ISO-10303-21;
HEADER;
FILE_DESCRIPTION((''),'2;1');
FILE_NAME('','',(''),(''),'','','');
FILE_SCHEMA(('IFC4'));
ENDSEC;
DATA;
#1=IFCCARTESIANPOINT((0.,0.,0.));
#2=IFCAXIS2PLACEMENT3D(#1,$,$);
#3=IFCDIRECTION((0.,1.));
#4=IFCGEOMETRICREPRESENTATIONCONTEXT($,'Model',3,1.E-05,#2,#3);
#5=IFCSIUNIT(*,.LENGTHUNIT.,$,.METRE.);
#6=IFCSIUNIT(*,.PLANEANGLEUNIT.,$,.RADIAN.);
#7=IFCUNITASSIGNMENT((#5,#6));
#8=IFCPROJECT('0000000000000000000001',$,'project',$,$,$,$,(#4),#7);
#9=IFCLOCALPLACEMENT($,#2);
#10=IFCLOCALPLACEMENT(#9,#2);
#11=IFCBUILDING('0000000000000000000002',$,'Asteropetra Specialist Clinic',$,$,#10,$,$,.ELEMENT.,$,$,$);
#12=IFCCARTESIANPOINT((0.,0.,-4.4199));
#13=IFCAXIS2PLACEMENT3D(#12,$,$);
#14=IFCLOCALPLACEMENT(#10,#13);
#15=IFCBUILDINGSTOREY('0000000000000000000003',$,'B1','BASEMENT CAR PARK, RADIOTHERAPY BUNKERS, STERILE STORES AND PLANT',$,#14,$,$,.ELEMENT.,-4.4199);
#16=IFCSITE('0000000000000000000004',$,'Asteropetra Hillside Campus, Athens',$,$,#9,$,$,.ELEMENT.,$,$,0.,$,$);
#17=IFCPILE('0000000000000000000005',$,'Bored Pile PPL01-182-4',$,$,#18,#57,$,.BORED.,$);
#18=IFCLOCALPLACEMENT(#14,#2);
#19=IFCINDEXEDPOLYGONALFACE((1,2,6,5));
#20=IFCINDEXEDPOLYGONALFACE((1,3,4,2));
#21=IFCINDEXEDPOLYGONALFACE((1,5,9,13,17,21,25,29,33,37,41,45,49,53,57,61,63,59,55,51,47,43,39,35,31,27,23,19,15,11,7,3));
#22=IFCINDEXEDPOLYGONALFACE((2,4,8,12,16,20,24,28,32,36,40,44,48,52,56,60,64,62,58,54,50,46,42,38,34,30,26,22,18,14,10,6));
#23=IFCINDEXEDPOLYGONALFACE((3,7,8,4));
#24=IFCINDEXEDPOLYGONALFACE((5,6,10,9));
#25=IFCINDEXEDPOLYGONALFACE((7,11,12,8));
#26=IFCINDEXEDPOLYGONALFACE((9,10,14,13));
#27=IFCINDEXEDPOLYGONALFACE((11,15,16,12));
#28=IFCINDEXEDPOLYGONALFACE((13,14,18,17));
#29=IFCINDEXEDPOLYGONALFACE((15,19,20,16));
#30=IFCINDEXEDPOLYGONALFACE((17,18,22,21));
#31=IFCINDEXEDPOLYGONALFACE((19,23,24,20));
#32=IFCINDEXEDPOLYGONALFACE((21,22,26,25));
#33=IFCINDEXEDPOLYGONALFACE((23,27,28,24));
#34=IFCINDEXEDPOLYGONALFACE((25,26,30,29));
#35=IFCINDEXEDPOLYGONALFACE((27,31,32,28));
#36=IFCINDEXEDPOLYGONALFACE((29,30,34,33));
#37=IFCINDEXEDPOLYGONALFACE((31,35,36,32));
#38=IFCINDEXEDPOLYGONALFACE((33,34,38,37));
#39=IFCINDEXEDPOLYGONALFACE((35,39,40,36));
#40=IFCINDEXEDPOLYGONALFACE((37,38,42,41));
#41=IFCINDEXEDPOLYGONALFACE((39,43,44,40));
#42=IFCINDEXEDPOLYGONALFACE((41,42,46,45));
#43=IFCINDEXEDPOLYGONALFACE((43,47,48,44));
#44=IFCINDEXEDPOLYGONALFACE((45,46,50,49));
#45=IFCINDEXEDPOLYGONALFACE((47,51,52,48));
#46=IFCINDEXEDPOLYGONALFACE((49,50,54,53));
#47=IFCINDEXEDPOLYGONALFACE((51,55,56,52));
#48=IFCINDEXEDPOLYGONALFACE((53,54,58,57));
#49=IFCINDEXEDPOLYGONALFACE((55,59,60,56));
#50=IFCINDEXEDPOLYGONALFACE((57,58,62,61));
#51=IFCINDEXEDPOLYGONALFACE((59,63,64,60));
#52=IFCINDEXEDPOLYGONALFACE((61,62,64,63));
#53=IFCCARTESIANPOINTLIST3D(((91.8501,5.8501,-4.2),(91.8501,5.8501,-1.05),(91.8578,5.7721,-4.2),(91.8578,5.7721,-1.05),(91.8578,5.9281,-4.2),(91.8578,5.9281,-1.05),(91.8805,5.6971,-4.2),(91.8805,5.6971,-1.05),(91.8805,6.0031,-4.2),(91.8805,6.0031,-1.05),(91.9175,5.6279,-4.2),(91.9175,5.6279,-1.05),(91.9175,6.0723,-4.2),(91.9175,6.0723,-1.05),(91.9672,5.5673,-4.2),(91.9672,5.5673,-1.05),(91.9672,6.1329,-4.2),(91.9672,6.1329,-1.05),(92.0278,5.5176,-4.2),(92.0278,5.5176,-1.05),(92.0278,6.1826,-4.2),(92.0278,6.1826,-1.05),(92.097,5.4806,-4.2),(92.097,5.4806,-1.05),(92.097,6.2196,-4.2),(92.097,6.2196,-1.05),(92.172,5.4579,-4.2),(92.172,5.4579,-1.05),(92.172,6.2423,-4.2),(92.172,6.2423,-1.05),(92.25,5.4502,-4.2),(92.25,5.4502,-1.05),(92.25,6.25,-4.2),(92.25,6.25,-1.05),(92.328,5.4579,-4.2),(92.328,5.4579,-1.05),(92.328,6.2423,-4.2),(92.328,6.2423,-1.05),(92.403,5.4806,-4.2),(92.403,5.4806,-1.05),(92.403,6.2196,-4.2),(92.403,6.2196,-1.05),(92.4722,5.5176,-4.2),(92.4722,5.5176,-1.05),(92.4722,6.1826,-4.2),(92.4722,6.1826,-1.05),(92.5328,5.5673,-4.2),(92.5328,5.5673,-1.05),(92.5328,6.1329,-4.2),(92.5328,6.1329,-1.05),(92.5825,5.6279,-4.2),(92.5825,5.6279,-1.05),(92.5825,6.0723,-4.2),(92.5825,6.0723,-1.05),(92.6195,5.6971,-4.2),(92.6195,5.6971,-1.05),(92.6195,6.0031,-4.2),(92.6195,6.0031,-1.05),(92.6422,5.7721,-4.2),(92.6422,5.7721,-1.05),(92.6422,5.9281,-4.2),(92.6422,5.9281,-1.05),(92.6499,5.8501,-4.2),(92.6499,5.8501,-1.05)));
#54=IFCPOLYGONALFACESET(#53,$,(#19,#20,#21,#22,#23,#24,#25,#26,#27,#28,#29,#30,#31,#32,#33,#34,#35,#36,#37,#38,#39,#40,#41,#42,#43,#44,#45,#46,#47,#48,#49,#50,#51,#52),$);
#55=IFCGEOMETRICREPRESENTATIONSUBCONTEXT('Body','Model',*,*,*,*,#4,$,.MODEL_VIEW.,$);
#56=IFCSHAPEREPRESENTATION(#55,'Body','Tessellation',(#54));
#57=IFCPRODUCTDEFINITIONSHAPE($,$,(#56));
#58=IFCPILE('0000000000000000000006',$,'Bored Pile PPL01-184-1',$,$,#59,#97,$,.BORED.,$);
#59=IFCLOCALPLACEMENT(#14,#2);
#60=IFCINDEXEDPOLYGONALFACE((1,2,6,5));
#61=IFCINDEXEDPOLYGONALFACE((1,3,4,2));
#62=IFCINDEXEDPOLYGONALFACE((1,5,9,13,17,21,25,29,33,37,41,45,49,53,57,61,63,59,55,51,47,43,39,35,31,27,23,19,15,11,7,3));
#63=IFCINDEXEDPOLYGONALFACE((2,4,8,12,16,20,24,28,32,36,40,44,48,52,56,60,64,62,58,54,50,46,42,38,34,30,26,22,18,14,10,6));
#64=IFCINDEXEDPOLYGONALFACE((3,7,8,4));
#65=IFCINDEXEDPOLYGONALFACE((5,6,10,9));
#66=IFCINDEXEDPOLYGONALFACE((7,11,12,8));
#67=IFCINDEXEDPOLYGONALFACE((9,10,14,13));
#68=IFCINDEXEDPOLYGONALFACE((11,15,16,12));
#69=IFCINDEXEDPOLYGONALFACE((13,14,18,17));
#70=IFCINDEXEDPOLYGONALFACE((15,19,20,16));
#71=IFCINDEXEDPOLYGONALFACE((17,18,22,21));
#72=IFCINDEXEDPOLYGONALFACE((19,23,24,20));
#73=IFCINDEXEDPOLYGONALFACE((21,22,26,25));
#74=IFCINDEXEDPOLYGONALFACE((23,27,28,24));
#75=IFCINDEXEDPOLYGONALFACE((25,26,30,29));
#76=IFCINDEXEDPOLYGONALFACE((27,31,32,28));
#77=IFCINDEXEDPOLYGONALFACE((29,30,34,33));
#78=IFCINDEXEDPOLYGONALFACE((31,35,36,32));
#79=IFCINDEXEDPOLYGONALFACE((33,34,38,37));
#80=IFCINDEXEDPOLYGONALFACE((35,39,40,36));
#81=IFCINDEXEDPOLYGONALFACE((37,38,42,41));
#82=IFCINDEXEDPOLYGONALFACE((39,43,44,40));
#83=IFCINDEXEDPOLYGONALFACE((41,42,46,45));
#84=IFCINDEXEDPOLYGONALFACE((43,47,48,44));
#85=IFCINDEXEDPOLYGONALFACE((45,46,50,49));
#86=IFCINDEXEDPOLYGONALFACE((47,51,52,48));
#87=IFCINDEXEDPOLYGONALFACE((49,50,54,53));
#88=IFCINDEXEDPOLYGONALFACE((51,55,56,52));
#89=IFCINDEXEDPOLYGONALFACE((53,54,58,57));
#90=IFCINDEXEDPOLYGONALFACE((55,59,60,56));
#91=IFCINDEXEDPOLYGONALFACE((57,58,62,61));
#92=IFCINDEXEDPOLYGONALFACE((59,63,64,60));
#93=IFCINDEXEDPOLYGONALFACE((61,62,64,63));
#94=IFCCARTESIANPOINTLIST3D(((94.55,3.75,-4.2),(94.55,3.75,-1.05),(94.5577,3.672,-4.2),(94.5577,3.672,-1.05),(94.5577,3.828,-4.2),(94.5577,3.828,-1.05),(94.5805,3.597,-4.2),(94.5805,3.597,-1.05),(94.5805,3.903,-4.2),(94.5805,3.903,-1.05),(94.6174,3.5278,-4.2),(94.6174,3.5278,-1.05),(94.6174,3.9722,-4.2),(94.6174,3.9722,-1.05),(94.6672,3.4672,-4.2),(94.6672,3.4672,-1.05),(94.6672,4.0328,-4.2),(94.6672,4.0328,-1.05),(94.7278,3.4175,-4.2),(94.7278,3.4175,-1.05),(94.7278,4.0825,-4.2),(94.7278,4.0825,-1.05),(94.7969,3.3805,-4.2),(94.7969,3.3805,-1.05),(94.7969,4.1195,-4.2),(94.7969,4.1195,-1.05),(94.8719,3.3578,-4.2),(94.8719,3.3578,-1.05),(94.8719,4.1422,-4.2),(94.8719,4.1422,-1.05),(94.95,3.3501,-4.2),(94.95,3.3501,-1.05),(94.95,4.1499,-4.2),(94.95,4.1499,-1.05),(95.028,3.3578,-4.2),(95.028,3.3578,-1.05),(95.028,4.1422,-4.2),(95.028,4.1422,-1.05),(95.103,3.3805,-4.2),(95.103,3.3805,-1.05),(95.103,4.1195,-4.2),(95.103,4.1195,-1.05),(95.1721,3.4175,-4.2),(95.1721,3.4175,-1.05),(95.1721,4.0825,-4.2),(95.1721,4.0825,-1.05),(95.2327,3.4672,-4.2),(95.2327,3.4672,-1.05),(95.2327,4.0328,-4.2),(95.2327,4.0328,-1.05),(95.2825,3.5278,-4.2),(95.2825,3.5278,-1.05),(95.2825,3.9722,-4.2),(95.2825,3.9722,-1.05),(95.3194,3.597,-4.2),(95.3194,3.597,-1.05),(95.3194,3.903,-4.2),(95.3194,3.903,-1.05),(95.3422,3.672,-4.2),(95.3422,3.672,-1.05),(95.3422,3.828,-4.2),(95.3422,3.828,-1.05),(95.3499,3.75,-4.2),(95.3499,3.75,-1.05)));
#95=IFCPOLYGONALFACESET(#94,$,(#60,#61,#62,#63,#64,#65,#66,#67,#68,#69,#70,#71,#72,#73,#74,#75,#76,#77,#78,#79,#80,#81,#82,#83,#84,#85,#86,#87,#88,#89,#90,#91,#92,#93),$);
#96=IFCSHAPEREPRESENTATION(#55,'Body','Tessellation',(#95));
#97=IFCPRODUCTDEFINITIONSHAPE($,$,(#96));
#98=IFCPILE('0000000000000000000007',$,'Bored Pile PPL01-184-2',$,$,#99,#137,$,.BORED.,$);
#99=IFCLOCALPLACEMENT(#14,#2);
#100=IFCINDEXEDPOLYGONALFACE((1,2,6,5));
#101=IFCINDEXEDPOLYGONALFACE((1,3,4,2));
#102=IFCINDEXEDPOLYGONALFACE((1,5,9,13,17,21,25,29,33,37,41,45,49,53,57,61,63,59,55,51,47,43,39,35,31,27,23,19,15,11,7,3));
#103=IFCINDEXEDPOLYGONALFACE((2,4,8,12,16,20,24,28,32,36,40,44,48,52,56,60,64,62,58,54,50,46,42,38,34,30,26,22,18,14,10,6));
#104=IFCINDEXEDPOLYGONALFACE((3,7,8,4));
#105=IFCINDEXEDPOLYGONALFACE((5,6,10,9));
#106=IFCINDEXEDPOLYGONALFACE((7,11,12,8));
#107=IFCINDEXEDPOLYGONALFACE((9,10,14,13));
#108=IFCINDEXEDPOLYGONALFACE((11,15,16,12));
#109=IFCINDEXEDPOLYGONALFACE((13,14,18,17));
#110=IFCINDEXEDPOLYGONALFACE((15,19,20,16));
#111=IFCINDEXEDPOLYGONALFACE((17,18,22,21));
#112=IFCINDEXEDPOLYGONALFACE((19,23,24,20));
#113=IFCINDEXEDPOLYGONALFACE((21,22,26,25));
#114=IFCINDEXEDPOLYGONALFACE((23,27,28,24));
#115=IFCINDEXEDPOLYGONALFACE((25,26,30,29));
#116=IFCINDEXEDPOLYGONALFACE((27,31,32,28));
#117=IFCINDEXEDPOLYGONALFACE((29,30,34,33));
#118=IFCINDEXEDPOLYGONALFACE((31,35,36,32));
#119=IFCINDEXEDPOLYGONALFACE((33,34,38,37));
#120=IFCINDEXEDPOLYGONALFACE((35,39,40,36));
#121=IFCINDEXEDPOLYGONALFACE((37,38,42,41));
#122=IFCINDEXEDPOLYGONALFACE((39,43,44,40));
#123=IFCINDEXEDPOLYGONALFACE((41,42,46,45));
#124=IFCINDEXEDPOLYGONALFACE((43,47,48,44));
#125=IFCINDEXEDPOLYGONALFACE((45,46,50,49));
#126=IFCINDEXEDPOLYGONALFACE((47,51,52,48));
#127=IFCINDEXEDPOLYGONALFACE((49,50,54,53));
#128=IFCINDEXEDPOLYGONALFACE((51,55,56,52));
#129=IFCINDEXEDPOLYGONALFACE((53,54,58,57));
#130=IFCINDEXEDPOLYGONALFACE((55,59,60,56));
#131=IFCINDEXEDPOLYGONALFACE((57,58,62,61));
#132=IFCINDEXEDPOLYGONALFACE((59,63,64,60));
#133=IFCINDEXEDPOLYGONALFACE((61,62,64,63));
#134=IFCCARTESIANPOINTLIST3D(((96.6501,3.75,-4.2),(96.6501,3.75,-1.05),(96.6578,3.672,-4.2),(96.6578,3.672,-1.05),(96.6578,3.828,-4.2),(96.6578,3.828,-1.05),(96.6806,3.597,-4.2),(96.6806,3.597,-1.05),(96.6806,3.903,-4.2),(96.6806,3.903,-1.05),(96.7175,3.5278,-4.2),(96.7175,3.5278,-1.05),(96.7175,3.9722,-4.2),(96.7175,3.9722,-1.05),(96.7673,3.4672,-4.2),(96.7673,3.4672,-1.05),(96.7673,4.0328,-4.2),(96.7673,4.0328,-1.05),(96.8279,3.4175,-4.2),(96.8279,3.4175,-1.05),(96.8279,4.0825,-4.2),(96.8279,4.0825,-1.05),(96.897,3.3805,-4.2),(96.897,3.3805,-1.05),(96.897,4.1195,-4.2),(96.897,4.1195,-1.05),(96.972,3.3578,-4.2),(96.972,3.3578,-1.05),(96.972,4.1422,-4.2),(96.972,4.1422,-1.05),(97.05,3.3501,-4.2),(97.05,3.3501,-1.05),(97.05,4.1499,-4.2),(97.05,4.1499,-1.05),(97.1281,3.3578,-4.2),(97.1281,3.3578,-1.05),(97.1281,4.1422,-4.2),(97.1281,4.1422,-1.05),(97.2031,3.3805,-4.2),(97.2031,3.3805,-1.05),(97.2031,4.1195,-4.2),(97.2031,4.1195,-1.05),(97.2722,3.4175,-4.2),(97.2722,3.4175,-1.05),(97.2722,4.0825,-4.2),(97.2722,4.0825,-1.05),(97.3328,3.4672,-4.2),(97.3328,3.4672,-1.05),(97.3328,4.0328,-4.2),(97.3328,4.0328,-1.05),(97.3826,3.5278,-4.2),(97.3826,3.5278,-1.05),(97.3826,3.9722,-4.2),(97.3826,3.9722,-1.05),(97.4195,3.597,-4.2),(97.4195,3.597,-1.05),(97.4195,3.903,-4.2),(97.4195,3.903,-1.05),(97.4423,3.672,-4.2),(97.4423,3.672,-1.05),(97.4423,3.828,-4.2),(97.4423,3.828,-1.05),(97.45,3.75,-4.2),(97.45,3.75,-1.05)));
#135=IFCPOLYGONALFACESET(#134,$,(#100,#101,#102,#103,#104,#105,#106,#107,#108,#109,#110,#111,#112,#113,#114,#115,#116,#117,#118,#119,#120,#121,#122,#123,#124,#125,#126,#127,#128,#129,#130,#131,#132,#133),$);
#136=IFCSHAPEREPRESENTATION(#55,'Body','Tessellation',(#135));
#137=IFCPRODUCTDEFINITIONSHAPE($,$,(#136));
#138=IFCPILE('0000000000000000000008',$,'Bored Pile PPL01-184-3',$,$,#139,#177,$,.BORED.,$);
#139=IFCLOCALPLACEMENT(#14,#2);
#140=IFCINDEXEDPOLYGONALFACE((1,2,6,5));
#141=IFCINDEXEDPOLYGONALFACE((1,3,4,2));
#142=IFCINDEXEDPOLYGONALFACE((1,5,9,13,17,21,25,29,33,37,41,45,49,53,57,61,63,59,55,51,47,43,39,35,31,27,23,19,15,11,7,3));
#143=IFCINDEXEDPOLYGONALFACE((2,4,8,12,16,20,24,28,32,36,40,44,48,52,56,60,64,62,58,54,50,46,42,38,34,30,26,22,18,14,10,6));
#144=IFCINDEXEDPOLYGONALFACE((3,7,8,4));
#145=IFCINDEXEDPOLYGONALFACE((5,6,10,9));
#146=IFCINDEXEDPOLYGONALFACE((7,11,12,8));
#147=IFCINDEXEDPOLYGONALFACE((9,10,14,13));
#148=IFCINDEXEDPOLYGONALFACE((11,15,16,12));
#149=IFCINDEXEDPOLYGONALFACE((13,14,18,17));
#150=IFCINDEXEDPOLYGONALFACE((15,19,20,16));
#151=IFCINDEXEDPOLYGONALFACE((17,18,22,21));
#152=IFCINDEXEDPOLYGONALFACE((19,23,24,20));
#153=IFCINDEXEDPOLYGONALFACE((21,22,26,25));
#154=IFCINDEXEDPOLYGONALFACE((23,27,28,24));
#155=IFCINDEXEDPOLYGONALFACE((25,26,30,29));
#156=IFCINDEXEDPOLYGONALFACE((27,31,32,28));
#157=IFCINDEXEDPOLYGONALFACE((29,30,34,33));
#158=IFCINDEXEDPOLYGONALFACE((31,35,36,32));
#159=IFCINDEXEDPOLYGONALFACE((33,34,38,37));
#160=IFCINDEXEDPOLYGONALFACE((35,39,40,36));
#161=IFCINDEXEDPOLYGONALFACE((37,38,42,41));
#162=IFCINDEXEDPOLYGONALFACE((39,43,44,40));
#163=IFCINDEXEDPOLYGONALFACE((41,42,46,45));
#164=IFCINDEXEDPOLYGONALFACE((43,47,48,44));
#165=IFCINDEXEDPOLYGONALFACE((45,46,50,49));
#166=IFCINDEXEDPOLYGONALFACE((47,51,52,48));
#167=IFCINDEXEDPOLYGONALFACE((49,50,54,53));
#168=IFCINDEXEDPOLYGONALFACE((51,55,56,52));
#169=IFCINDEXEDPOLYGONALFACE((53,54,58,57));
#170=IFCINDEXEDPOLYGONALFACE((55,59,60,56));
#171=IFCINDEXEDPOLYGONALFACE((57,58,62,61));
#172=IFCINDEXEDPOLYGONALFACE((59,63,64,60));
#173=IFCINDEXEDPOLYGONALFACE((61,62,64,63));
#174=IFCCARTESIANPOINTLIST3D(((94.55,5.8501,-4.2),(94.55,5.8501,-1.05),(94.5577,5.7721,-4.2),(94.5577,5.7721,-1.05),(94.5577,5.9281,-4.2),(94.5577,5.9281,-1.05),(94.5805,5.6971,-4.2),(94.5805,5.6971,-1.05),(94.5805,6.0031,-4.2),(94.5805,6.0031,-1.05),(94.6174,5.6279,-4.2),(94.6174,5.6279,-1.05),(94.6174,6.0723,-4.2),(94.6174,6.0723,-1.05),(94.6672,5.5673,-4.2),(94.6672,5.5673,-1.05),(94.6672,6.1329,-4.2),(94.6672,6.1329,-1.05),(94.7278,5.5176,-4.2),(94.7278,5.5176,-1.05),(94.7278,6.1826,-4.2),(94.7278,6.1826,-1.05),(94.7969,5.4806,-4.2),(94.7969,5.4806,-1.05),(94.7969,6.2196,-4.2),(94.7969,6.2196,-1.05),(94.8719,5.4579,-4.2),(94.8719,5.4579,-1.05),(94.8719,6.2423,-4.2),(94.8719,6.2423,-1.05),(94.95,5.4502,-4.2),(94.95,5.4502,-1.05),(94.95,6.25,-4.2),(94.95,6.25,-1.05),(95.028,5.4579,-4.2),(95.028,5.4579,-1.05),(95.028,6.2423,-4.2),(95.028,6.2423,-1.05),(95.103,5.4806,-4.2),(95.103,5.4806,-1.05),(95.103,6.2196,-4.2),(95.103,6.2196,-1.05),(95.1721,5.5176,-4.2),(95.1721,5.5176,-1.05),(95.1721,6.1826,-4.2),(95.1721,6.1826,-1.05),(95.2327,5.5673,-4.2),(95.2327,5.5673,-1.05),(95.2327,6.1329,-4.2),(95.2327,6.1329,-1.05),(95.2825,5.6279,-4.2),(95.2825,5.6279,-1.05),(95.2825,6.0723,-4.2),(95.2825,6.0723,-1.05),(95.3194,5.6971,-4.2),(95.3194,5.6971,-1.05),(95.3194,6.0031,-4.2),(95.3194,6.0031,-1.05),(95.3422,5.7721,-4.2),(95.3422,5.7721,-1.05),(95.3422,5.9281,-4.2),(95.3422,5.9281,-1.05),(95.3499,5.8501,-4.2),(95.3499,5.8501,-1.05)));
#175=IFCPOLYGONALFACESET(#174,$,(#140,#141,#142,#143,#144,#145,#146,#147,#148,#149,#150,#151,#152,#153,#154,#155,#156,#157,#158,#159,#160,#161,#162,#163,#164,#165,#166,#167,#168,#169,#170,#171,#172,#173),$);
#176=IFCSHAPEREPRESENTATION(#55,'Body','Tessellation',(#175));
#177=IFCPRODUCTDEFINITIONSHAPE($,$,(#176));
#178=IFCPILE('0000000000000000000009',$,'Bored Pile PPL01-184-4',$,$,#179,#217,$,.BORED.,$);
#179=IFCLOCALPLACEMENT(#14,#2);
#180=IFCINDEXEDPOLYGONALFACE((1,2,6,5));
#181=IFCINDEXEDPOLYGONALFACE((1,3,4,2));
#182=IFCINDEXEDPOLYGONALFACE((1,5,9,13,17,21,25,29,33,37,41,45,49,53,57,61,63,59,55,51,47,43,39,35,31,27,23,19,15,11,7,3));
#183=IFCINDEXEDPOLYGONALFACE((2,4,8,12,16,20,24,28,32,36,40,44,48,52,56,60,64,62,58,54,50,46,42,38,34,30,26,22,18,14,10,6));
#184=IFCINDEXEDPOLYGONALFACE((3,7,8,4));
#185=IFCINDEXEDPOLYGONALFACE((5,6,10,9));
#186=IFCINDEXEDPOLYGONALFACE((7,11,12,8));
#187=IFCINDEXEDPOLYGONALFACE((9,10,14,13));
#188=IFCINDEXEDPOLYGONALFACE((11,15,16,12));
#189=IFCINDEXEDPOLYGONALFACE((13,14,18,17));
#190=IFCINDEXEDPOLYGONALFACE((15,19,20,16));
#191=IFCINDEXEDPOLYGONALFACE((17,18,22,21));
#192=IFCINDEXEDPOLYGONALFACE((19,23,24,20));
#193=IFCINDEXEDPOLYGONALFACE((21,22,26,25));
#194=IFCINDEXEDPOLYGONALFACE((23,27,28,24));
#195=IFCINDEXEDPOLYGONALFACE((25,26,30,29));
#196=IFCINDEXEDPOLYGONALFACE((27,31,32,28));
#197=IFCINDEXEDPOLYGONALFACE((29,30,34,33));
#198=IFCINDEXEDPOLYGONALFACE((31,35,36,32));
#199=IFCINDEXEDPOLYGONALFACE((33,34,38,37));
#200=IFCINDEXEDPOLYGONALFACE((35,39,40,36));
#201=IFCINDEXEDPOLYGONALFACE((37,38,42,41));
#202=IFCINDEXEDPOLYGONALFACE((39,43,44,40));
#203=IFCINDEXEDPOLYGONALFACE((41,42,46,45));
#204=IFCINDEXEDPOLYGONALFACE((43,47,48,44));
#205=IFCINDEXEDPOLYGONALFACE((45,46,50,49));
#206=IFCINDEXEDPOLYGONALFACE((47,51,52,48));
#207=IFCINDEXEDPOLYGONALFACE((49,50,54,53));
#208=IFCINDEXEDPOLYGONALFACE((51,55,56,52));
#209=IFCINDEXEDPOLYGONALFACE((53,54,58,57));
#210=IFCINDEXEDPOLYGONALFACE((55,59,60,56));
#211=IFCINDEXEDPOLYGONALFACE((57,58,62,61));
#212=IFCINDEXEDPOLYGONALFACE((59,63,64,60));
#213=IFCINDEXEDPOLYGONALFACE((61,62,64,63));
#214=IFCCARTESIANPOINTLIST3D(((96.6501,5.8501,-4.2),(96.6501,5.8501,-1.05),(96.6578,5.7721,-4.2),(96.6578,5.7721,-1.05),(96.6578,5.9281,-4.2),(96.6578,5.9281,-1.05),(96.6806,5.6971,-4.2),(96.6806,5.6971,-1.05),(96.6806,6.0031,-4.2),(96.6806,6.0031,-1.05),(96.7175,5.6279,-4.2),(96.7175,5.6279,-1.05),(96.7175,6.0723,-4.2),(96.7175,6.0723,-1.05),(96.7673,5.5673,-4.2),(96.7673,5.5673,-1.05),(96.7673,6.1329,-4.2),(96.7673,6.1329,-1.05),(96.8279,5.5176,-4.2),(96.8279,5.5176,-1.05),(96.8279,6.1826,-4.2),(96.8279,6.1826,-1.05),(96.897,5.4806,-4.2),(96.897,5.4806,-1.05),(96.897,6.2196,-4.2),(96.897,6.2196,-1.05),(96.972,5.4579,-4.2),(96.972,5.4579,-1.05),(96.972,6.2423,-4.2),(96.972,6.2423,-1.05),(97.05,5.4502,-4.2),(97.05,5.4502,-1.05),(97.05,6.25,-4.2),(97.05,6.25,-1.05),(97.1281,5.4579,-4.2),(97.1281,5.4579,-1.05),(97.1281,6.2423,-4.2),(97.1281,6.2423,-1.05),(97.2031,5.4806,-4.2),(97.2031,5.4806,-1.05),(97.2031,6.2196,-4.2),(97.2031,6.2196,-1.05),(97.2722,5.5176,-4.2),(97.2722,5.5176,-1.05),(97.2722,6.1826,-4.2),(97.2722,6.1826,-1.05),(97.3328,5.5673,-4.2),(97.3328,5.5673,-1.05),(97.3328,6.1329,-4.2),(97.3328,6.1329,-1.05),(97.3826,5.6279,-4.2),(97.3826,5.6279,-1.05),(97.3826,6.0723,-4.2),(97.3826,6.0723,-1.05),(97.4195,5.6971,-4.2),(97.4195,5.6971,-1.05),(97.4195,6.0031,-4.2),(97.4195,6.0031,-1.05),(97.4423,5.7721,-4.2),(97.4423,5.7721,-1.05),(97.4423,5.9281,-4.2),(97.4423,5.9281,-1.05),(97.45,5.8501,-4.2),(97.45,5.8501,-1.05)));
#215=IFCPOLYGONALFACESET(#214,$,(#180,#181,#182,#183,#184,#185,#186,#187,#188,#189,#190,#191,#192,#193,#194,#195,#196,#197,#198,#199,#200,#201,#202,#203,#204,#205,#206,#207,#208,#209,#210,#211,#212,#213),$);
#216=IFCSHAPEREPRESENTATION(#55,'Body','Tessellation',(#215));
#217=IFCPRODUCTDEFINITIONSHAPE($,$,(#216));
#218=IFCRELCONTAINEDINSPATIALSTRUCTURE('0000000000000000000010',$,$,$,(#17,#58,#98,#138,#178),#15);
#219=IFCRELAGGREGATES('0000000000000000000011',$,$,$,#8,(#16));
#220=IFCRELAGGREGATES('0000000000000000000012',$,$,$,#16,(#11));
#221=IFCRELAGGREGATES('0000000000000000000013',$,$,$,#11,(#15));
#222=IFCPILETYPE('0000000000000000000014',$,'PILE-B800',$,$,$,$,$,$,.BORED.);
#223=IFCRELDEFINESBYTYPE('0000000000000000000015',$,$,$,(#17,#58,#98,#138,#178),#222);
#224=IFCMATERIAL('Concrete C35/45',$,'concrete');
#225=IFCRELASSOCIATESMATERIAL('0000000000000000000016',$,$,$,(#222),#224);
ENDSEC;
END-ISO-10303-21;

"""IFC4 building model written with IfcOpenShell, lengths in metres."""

from ifc_helpers import new_model, si_unit, direction, frame, origin, origin_2d, place, context, subcontext, project, spatial, circle, extrude, material, material_profile, profile_set, type_object, element, save


model = new_model("IFC4")

# Units and contexts
model_context = context("Model", 3, precision=1e-05, world=origin(), true_north=direction((0.0, 1.0)))
body_context = subcontext(model_context, "Body", "Model", "MODEL_VIEW")
ifc_project = project(units=[si_unit("LENGTHUNIT", "METRE"), si_unit("PLANEANGLEUNIT", "RADIAN")], contexts=[model_context])

# Site, building, storey
site_placement = place(None, origin())
site = spatial("IfcSite", under=ifc_project, at=site_placement, Name="Asteropetra Hillside Campus, Athens", CompositionType="ELEMENT", RefElevation=0.0)
building_placement = place(site_placement, origin())
building = spatial("IfcBuilding", under=site, at=building_placement, Name="Asteropetra Specialist Clinic", CompositionType="ELEMENT")
storey_placement = place(building_placement, frame((0.0, 0.0, -4.4199)))
storey = spatial("IfcBuildingStorey", under=building, at=storey_placement, Name="B1", Description="BASEMENT CAR PARK, RADIOTHERAPY BUNKERS, STERILE STORES AND PLANT", CompositionType="ELEMENT", Elevation=-4.4199)

# Piles
ifc_material_1 = material(Name="Concrete C35/45", Category="concrete")
ifc_material_profile_1 = material_profile(ifc_material_1, circle(Radius=0.3999, at=origin_2d()), Name="PILE D800")
ifc_profile_set_1 = profile_set([ifc_material_profile_1], Name="Concrete C35/45")
pile_type_1 = type_object("IfcPileType", Name="PILE-B800", PredefinedType="BORED", material=ifc_profile_set_1)
for number, where, z_axis, x_axis, name in (
    (1, (92.25, 5.8501, -1.05), (0.0, 0.0, -1.0), (1.0, 0.0, 0.0), "Bored Pile PPL01-182-4"),
    (2, (94.95, 3.75, -1.05), (0.0, 0.0, -1.0), (1.0, 0.0, 0.0), "Bored Pile PPL01-184-1"),
    (3, (97.05, 3.75, -1.05), (0.0, 0.0, -1.0), (1.0, 0.0, 0.0), "Bored Pile PPL01-184-2"),
    (4, (94.95, 5.8501, -1.05), (0.0, 0.0, -1.0), (1.0, 0.0, 0.0), "Bored Pile PPL01-184-3"),
    (5, (97.05, 5.8501, -1.05), (0.0, 0.0, -1.0), (1.0, 0.0, 0.0), "Bored Pile PPL01-184-4"),
):
    element("IfcPile", number, at=place(storey_placement, frame(where, z_axis=z_axis, x_axis=x_axis)), inside=storey, type_object=pile_type_1, Name=name, PredefinedType="BORED", context=body_context, shape_type="SweptSolid", body=[
        extrude(circle(Radius=0.3999, at=origin_2d()), origin(), (0.0, 0.0, 1.0), 3.1499),
    ])

save(model, "model.ifc")
